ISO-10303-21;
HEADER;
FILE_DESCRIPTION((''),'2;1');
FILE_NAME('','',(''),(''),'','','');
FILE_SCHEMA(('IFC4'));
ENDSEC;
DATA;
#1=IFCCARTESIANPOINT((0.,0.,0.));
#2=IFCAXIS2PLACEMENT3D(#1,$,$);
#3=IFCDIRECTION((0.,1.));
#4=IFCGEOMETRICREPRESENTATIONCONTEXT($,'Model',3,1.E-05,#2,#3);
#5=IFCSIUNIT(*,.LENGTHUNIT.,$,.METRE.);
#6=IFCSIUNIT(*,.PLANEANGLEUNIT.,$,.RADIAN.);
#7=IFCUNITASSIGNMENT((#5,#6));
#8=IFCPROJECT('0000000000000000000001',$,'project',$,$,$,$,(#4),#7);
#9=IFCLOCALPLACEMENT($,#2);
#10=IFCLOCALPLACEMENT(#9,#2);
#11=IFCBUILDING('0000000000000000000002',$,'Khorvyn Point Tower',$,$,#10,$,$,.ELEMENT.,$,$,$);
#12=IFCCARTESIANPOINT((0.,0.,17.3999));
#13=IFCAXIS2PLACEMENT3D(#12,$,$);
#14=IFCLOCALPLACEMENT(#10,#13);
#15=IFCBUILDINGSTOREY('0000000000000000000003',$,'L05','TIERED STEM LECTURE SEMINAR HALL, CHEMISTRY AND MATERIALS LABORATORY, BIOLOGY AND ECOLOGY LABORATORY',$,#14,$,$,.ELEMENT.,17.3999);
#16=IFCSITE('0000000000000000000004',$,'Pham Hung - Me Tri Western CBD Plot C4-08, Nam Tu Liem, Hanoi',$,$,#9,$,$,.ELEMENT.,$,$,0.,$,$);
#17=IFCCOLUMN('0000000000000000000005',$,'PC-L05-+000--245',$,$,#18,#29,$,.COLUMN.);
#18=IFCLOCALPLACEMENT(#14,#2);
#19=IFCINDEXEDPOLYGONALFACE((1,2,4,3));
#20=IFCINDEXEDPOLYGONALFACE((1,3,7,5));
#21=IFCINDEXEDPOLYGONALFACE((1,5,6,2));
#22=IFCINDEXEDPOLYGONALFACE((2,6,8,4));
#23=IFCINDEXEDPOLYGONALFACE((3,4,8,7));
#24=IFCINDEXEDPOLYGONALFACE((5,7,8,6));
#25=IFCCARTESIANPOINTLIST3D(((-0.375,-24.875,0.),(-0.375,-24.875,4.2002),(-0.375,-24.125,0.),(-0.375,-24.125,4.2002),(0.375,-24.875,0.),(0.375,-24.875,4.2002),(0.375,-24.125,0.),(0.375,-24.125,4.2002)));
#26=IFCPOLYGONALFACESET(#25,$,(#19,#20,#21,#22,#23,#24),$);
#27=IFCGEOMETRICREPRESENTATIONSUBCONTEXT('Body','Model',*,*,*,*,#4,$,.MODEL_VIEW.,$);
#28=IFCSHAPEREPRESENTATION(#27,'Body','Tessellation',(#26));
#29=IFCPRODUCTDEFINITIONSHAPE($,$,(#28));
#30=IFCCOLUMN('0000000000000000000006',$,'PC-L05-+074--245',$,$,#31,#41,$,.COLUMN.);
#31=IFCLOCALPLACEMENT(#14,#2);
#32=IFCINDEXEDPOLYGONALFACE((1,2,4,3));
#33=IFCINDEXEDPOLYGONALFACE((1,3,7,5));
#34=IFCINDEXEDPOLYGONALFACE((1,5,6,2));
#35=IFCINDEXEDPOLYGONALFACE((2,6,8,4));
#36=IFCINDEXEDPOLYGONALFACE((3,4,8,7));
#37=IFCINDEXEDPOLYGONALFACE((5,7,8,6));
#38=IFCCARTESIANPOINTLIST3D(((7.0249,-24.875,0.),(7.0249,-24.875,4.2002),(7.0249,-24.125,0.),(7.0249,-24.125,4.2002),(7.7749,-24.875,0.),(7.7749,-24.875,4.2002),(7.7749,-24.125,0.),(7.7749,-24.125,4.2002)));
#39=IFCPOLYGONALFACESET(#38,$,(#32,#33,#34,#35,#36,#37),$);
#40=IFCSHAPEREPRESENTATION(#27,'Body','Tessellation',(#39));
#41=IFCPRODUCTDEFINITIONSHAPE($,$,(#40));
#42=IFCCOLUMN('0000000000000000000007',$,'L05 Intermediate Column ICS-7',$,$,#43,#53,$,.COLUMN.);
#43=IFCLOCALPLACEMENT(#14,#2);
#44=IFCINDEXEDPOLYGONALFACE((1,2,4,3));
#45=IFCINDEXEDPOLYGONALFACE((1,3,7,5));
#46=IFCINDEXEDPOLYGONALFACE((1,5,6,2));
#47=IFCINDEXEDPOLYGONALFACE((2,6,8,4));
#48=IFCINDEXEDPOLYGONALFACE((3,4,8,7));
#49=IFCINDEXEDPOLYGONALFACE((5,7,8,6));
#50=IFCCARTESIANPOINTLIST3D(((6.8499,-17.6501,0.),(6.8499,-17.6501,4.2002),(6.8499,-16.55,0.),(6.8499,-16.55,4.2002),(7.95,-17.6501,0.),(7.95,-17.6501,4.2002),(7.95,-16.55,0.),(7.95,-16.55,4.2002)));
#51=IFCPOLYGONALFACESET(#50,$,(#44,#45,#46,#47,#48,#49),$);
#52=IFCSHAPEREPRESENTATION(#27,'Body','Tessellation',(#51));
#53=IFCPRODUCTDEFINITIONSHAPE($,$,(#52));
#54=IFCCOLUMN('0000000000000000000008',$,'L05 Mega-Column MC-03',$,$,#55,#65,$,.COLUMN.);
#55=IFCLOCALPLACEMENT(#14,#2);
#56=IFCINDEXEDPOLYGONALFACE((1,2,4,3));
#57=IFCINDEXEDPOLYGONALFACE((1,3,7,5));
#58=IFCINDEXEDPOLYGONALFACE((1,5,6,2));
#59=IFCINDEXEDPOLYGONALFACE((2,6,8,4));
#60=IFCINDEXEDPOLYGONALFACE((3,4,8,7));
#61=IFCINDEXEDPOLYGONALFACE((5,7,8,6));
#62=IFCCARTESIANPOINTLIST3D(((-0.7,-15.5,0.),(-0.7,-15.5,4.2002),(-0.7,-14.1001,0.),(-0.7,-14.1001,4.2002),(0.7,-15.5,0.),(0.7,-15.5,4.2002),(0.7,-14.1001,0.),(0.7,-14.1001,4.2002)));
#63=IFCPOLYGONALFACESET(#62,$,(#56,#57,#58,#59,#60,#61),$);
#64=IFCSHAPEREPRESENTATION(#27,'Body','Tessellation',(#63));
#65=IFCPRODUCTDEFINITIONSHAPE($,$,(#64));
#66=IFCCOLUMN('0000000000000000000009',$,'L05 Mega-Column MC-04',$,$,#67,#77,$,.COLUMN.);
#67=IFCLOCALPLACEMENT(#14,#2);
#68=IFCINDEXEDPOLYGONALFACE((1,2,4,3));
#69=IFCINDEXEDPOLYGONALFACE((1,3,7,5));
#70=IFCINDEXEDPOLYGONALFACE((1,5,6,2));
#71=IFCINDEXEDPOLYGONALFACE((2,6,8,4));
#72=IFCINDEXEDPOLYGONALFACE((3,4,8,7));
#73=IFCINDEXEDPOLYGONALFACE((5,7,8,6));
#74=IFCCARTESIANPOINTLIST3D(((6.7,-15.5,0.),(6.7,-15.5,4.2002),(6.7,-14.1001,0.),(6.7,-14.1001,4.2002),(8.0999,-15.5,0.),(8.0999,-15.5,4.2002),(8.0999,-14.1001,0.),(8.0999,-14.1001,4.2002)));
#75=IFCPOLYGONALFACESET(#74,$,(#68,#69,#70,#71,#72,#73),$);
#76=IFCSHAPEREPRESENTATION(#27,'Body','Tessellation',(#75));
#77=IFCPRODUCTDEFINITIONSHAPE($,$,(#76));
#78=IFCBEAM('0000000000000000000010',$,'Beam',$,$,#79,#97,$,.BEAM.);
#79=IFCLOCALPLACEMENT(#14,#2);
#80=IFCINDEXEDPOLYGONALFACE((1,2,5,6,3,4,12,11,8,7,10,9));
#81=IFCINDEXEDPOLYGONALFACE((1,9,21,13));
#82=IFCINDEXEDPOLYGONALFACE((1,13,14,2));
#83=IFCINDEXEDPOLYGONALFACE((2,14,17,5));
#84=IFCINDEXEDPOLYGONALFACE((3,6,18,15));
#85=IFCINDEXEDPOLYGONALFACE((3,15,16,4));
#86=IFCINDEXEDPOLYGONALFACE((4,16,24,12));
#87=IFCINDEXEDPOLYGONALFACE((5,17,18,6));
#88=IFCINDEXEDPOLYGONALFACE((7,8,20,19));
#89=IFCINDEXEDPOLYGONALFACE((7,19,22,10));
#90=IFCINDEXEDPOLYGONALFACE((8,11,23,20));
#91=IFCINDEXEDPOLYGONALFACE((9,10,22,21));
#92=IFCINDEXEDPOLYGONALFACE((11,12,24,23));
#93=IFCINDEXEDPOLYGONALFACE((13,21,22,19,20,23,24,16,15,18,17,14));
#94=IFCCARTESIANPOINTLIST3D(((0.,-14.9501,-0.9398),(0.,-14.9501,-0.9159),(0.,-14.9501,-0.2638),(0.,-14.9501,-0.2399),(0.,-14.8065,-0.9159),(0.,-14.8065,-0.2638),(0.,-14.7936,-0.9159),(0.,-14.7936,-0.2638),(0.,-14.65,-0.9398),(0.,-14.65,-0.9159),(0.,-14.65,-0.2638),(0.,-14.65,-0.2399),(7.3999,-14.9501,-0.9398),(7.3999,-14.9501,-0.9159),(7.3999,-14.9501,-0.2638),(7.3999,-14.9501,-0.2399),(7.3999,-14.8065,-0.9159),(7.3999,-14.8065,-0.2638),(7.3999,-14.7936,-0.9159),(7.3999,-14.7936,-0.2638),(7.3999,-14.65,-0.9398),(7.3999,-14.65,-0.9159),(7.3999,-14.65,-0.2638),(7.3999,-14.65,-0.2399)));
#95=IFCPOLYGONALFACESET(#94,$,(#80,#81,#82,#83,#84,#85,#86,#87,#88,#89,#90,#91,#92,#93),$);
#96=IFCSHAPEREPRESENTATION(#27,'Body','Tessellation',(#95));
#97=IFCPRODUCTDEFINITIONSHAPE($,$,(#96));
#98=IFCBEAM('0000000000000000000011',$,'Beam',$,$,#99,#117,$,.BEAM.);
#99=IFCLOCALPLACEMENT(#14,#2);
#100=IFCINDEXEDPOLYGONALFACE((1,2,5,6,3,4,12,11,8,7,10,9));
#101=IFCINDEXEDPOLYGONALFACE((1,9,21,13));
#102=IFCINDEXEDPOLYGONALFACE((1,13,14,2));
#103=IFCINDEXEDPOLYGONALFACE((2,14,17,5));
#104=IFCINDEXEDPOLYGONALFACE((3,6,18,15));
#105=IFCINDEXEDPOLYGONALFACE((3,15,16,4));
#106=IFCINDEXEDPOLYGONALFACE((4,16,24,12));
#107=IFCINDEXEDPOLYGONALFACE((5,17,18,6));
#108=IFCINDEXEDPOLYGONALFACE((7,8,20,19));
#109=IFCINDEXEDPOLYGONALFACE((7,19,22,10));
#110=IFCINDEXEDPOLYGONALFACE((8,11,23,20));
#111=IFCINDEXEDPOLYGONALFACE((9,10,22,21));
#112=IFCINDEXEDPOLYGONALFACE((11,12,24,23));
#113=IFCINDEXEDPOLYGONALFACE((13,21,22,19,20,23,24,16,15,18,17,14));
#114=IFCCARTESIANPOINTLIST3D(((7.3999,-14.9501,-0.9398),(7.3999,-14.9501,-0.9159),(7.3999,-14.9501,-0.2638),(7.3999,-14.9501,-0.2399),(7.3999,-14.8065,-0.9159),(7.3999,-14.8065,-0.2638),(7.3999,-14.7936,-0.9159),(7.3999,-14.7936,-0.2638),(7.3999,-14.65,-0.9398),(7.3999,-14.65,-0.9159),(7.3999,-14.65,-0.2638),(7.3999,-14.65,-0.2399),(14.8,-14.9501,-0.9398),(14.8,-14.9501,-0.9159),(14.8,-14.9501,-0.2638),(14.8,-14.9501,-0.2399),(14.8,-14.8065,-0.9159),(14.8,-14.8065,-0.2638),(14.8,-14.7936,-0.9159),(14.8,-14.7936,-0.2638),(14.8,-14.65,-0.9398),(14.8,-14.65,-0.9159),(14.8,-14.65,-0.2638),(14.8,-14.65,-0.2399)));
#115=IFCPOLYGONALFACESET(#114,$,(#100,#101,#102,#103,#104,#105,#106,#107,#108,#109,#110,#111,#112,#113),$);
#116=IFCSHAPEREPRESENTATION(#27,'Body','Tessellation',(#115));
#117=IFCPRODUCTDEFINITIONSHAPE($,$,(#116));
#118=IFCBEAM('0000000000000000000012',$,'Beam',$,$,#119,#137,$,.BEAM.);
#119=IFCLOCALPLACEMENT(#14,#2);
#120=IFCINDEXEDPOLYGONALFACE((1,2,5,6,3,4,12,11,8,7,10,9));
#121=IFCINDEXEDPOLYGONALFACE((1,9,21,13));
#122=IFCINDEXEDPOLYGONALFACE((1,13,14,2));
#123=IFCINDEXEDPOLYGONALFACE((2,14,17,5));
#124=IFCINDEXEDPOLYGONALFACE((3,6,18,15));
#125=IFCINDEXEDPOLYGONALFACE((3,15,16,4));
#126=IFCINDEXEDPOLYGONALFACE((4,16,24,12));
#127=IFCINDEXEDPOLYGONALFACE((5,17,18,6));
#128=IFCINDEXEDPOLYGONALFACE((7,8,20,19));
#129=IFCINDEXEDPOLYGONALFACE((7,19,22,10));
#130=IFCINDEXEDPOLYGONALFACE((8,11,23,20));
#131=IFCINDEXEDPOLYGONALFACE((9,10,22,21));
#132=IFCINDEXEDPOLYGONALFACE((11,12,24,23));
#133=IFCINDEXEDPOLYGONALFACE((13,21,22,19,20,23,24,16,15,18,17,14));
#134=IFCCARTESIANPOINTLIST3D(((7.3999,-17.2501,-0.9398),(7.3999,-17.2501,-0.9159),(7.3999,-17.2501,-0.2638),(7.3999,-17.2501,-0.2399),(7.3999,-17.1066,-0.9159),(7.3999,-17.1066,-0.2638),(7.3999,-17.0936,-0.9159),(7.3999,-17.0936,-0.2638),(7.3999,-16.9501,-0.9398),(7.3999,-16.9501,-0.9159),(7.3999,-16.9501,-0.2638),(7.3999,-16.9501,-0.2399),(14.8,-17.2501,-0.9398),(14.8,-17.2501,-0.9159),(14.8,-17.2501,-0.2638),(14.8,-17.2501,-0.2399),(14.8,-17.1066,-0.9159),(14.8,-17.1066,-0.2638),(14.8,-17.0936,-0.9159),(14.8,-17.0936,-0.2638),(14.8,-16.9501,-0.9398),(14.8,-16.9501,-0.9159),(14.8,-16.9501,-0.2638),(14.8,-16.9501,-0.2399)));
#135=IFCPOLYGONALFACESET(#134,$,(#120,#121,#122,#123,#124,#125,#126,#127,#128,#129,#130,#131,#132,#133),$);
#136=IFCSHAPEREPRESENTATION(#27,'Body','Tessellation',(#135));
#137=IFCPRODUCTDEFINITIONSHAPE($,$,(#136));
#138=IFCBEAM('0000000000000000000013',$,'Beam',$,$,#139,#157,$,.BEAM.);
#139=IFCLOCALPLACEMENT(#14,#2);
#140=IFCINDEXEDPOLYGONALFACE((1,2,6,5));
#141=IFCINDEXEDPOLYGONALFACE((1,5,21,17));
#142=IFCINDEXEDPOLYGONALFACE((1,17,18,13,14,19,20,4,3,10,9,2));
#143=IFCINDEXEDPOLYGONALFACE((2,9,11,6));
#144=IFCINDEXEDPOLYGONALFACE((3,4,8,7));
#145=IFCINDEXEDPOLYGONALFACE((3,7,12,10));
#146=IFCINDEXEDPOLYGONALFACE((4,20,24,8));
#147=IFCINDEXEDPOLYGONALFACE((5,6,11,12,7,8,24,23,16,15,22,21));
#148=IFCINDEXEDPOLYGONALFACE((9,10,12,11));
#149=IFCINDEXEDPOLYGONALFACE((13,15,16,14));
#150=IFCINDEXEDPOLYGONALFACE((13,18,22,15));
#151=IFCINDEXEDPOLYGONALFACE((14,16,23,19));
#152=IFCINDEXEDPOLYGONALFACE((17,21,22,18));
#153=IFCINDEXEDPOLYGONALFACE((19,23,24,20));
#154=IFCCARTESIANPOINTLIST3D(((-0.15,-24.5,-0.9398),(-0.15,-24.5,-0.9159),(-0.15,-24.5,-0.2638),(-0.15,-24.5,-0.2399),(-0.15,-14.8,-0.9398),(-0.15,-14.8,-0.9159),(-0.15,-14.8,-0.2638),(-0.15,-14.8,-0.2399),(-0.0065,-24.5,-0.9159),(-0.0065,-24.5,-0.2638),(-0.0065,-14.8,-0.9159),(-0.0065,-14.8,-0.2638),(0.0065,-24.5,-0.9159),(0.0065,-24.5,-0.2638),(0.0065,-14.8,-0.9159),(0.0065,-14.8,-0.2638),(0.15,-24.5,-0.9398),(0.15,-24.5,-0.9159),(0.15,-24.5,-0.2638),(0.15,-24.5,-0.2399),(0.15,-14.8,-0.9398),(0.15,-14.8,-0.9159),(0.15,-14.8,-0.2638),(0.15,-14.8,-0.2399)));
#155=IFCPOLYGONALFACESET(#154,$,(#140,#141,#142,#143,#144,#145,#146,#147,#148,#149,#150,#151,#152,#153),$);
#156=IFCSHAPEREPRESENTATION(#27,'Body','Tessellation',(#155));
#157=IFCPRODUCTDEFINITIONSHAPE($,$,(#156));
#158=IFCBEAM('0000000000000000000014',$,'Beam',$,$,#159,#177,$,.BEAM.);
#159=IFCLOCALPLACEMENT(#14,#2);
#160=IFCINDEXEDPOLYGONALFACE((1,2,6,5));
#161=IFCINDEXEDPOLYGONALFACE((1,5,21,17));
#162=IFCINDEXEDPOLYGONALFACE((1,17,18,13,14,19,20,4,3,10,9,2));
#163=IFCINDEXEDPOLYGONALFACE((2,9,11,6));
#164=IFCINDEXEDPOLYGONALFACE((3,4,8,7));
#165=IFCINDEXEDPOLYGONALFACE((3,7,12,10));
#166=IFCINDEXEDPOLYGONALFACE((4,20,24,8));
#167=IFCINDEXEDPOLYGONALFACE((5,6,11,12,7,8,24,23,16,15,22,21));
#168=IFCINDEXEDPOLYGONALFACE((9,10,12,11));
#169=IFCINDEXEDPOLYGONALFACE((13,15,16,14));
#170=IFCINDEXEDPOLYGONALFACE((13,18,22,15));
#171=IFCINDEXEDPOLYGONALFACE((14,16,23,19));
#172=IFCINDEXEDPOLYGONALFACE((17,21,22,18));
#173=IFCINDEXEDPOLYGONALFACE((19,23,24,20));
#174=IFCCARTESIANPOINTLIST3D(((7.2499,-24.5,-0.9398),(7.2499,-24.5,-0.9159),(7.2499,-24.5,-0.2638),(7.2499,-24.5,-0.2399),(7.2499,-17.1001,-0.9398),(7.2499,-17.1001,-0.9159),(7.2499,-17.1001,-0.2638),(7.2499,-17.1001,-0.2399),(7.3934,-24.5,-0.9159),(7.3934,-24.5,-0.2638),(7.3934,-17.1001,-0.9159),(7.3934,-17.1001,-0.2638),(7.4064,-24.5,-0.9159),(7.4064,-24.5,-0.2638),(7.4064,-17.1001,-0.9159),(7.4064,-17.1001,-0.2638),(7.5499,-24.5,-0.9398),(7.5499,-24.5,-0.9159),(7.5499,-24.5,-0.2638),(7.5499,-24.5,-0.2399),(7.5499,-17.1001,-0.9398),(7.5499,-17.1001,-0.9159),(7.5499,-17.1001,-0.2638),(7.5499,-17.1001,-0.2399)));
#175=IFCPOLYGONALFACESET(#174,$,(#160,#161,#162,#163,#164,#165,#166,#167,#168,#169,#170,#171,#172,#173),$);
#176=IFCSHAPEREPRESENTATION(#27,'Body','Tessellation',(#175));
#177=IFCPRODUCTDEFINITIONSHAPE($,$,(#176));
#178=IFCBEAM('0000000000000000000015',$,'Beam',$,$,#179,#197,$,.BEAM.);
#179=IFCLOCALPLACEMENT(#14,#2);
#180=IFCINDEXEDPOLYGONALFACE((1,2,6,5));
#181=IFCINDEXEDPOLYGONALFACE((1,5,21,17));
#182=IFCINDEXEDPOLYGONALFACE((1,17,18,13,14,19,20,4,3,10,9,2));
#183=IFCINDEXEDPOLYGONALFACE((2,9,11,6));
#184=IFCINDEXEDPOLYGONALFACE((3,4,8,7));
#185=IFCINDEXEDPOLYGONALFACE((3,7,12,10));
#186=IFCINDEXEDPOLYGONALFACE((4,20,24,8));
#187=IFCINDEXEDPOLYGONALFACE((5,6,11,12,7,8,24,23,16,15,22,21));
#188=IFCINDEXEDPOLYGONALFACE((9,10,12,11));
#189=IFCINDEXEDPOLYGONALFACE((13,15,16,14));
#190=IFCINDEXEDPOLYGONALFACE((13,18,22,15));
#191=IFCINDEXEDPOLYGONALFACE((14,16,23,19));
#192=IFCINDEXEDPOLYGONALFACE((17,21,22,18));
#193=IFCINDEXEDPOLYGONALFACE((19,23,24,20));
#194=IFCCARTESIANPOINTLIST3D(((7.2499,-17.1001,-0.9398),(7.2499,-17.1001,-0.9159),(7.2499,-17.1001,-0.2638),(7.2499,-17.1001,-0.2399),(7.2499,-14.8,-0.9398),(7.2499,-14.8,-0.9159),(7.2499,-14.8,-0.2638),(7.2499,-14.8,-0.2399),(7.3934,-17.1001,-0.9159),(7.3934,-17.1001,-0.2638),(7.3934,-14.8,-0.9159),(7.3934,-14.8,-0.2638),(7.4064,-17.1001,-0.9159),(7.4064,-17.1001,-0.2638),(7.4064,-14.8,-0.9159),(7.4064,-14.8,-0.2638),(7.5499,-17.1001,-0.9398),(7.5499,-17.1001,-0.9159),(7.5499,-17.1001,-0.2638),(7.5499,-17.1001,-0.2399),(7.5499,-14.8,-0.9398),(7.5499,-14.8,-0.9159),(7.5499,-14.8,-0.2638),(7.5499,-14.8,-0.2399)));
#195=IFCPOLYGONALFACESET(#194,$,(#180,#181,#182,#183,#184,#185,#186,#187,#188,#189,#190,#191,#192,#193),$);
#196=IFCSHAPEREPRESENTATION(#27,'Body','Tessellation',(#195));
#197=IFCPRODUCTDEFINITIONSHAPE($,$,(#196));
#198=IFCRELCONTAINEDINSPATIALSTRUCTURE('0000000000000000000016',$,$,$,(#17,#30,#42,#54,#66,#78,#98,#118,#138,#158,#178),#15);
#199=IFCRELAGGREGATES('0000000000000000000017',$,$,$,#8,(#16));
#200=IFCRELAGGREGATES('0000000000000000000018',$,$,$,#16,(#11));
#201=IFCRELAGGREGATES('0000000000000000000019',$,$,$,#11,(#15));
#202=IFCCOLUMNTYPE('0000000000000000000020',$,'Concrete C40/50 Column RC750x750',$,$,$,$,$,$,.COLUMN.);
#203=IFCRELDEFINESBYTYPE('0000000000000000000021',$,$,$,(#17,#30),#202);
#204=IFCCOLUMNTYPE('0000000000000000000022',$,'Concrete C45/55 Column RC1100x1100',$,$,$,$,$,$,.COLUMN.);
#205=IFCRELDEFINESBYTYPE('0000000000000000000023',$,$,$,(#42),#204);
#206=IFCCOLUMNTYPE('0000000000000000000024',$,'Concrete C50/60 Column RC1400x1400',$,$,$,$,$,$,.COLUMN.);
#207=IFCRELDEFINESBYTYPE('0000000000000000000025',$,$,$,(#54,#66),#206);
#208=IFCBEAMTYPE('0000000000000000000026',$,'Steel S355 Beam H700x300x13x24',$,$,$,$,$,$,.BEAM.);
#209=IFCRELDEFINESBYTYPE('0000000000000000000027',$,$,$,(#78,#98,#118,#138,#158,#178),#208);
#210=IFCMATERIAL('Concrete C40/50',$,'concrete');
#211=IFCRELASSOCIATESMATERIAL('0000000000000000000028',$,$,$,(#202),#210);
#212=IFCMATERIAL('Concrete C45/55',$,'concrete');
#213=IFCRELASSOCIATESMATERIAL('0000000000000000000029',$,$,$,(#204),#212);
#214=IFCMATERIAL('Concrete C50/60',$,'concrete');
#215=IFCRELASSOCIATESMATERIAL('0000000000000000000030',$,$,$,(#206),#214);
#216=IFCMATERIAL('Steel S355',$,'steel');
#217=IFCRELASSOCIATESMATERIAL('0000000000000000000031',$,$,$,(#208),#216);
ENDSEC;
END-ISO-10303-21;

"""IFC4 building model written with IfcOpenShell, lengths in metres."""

from ifc_helpers import new_model, si_unit, direction, frame, origin, origin_2d, place, context, subcontext, project, spatial, rectangle, i_section, extrude, material, material_profile, profile_set, type_object, element, save


model = new_model("IFC4")

# Units and contexts
model_context = context("Model", 3, precision=1e-05, world=origin(), true_north=direction((0.0, 1.0)))
body_context = subcontext(model_context, "Body", "Model", "MODEL_VIEW")
ifc_project = project(units=[si_unit("LENGTHUNIT", "METRE"), si_unit("PLANEANGLEUNIT", "RADIAN")], contexts=[model_context])

# Site, building, storey
site_placement = place(None, origin())
site = spatial("IfcSite", under=ifc_project, at=site_placement, Name="Pham Hung - Me Tri Western CBD Plot C4-08, Nam Tu Liem, Hanoi", CompositionType="ELEMENT", RefElevation=0.0)
building_placement = place(site_placement, origin())
building = spatial("IfcBuilding", under=site, at=building_placement, Name="Khorvyn Point Tower", CompositionType="ELEMENT")
storey_placement = place(building_placement, frame((0.0, 0.0, 17.3999)))
storey = spatial("IfcBuildingStorey", under=building, at=storey_placement, Name="L05", Description="TIERED STEM LECTURE SEMINAR HALL, CHEMISTRY AND MATERIALS LABORATORY, BIOLOGY AND ECOLOGY LABORATORY", CompositionType="ELEMENT", Elevation=17.3999)

# Columns
ifc_material_1 = material(Name="Concrete C40/50", Category="concrete")
ifc_material_profile_1 = material_profile(ifc_material_1, rectangle(XDim=0.75, YDim=0.75, at=origin_2d()))
ifc_profile_set_1 = profile_set([ifc_material_profile_1], Name="Concrete C40/50 RC750x750")
column_type_1 = type_object("IfcColumnType", Name="Concrete C40/50 Column RC750x750", PredefinedType="COLUMN", material=ifc_profile_set_1)
for number, where, z_axis, x_axis, name in (
    (1, (0.0, -24.5, 0.0), (0.0, 0.0, 1.0), (1.0, 0.0, 0.0), "PC-L05-+000--245"),
    (2, (7.3999, -24.5, 0.0), (0.0, 0.0, 1.0), (1.0, 0.0, 0.0), "PC-L05-+074--245"),
):
    element("IfcColumn", number, at=place(storey_placement, frame(where, z_axis=z_axis, x_axis=x_axis)), inside=storey, type_object=column_type_1, Name=name, PredefinedType="COLUMN", context=body_context, shape_type="SweptSolid", body=[
        extrude(rectangle(XDim=0.75, YDim=0.75, at=origin_2d()), origin(), (0.0, 0.0, 1.0), 4.2002),
    ])
ifc_material_2 = material(Name="Concrete C45/55", Category="concrete")
ifc_material_profile_2 = material_profile(ifc_material_2, rectangle(XDim=1.1001, YDim=1.1001, at=origin_2d()))
ifc_profile_set_2 = profile_set([ifc_material_profile_2], Name="Concrete C45/55 RC1100x1100")
column_type_2 = type_object("IfcColumnType", Name="Concrete C45/55 Column RC1100x1100", PredefinedType="COLUMN", material=ifc_profile_set_2)
column_placement = place(storey_placement, frame((7.3999, -17.1001, 0.0), z_axis=(0.0, 0.0, 1.0), x_axis=(1.0, 0.0, 0.0)))
element("IfcColumn", 3, at=column_placement, inside=storey, type_object=column_type_2, Name="L05 Intermediate Column ICS-7", PredefinedType="COLUMN", context=body_context, shape_type="SweptSolid", body=[
    extrude(rectangle(XDim=1.1001, YDim=1.1001, at=origin_2d()), origin(), (0.0, 0.0, 1.0), 4.2002),
])
ifc_material_3 = material(Name="Concrete C50/60", Category="concrete")
ifc_material_profile_3 = material_profile(ifc_material_3, rectangle(XDim=1.3999, YDim=1.3999, at=origin_2d()))
ifc_profile_set_3 = profile_set([ifc_material_profile_3], Name="Concrete C50/60 RC1400x1400")
column_type_3 = type_object("IfcColumnType", Name="Concrete C50/60 Column RC1400x1400", PredefinedType="COLUMN", material=ifc_profile_set_3)
for number, where, z_axis, x_axis, name in (
    (4, (0.0, -14.8, 0.0), (0.0, 0.0, 1.0), (1.0, 0.0, 0.0), "L05 Mega-Column MC-03"),
    (5, (7.3999, -14.8, 0.0), (0.0, 0.0, 1.0), (1.0, 0.0, 0.0), "L05 Mega-Column MC-04"),
):
    element("IfcColumn", number, at=place(storey_placement, frame(where, z_axis=z_axis, x_axis=x_axis)), inside=storey, type_object=column_type_3, Name=name, PredefinedType="COLUMN", context=body_context, shape_type="SweptSolid", body=[
        extrude(rectangle(XDim=1.3999, YDim=1.3999, at=origin_2d()), origin(), (0.0, 0.0, 1.0), 4.2002),
    ])

# Beams
ifc_material_4 = material(Name="Steel S355", Category="steel")
ifc_material_profile_4 = material_profile(ifc_material_4, i_section(OverallWidth=0.3, OverallDepth=0.7, WebThickness=0.0129, FlangeThickness=0.0239, at=origin_2d()))
ifc_profile_set_4 = profile_set([ifc_material_profile_4], Name="Steel S355 H700x300x13x24")
beam_type_1 = type_object("IfcBeamType", Name="Steel S355 Beam H700x300x13x24", PredefinedType="BEAM", material=ifc_profile_set_4)
beam_1_placement = place(storey_placement, frame((0.0, -14.8, -0.5898), z_axis=(1.0, 0.0, 0.0), x_axis=(0.0, 1.0, 0.0)))
element("IfcBeam", 6, at=beam_1_placement, inside=storey, type_object=beam_type_1, Name="Beam", PredefinedType="BEAM", context=body_context, shape_type="SweptSolid", body=[
    extrude(i_section(OverallWidth=0.3, OverallDepth=0.7, WebThickness=0.0129, FlangeThickness=0.0239, at=origin_2d()), origin(), (0.0, 0.0, 1.0), 7.3999),
])
for number, where, z_axis, x_axis, name in (
    (7, (7.3999, -14.8, -0.5898), (1.0, 0.0, 0.0), (0.0, 1.0, 0.0), "Beam"),
    (8, (7.3999, -17.1001, -0.5898), (1.0, 0.0, 0.0), (0.0, 1.0, 0.0), "Beam"),
):
    element("IfcBeam", number, at=place(storey_placement, frame(where, z_axis=z_axis, x_axis=x_axis)), inside=storey, type_object=beam_type_1, Name=name, PredefinedType="BEAM", context=body_context, shape_type="SweptSolid", body=[
        extrude(i_section(OverallWidth=0.3, OverallDepth=0.7, WebThickness=0.0129, FlangeThickness=0.0239, at=origin_2d()), origin(), (0.0, 0.0, 1.0), 7.4001),
    ])
beam_2_placement = place(storey_placement, frame((0.0, -24.5, -0.5898), z_axis=(0.0, 1.0, 0.0), x_axis=(-1.0, 0.0, 0.0)))
element("IfcBeam", 9, at=beam_2_placement, inside=storey, type_object=beam_type_1, Name="Beam", PredefinedType="BEAM", context=body_context, shape_type="SweptSolid", body=[
    extrude(i_section(OverallWidth=0.3, OverallDepth=0.7, WebThickness=0.0129, FlangeThickness=0.0239, at=origin_2d()), origin(), (0.0, 0.0, 1.0), 9.7),
])
beam_3_placement = place(storey_placement, frame((7.3999, -24.5, -0.5898), z_axis=(0.0, 1.0, 0.0), x_axis=(-1.0, 0.0, 0.0)))
element("IfcBeam", 10, at=beam_3_placement, inside=storey, type_object=beam_type_1, Name="Beam", PredefinedType="BEAM", context=body_context, shape_type="SweptSolid", body=[
    extrude(i_section(OverallWidth=0.3, OverallDepth=0.7, WebThickness=0.0129, FlangeThickness=0.0239, at=origin_2d()), origin(), (0.0, 0.0, 1.0), 7.3999),
])
beam_4_placement = place(storey_placement, frame((7.3999, -17.1001, -0.5898), z_axis=(0.0, 1.0, 0.0), x_axis=(-1.0, 0.0, 0.0)))
element("IfcBeam", 11, at=beam_4_placement, inside=storey, type_object=beam_type_1, Name="Beam", PredefinedType="BEAM", context=body_context, shape_type="SweptSolid", body=[
    extrude(i_section(OverallWidth=0.3, OverallDepth=0.7, WebThickness=0.0129, FlangeThickness=0.0239, at=origin_2d()), origin(), (0.0, 0.0, 1.0), 2.3),
])

save(model, "model.ifc")
